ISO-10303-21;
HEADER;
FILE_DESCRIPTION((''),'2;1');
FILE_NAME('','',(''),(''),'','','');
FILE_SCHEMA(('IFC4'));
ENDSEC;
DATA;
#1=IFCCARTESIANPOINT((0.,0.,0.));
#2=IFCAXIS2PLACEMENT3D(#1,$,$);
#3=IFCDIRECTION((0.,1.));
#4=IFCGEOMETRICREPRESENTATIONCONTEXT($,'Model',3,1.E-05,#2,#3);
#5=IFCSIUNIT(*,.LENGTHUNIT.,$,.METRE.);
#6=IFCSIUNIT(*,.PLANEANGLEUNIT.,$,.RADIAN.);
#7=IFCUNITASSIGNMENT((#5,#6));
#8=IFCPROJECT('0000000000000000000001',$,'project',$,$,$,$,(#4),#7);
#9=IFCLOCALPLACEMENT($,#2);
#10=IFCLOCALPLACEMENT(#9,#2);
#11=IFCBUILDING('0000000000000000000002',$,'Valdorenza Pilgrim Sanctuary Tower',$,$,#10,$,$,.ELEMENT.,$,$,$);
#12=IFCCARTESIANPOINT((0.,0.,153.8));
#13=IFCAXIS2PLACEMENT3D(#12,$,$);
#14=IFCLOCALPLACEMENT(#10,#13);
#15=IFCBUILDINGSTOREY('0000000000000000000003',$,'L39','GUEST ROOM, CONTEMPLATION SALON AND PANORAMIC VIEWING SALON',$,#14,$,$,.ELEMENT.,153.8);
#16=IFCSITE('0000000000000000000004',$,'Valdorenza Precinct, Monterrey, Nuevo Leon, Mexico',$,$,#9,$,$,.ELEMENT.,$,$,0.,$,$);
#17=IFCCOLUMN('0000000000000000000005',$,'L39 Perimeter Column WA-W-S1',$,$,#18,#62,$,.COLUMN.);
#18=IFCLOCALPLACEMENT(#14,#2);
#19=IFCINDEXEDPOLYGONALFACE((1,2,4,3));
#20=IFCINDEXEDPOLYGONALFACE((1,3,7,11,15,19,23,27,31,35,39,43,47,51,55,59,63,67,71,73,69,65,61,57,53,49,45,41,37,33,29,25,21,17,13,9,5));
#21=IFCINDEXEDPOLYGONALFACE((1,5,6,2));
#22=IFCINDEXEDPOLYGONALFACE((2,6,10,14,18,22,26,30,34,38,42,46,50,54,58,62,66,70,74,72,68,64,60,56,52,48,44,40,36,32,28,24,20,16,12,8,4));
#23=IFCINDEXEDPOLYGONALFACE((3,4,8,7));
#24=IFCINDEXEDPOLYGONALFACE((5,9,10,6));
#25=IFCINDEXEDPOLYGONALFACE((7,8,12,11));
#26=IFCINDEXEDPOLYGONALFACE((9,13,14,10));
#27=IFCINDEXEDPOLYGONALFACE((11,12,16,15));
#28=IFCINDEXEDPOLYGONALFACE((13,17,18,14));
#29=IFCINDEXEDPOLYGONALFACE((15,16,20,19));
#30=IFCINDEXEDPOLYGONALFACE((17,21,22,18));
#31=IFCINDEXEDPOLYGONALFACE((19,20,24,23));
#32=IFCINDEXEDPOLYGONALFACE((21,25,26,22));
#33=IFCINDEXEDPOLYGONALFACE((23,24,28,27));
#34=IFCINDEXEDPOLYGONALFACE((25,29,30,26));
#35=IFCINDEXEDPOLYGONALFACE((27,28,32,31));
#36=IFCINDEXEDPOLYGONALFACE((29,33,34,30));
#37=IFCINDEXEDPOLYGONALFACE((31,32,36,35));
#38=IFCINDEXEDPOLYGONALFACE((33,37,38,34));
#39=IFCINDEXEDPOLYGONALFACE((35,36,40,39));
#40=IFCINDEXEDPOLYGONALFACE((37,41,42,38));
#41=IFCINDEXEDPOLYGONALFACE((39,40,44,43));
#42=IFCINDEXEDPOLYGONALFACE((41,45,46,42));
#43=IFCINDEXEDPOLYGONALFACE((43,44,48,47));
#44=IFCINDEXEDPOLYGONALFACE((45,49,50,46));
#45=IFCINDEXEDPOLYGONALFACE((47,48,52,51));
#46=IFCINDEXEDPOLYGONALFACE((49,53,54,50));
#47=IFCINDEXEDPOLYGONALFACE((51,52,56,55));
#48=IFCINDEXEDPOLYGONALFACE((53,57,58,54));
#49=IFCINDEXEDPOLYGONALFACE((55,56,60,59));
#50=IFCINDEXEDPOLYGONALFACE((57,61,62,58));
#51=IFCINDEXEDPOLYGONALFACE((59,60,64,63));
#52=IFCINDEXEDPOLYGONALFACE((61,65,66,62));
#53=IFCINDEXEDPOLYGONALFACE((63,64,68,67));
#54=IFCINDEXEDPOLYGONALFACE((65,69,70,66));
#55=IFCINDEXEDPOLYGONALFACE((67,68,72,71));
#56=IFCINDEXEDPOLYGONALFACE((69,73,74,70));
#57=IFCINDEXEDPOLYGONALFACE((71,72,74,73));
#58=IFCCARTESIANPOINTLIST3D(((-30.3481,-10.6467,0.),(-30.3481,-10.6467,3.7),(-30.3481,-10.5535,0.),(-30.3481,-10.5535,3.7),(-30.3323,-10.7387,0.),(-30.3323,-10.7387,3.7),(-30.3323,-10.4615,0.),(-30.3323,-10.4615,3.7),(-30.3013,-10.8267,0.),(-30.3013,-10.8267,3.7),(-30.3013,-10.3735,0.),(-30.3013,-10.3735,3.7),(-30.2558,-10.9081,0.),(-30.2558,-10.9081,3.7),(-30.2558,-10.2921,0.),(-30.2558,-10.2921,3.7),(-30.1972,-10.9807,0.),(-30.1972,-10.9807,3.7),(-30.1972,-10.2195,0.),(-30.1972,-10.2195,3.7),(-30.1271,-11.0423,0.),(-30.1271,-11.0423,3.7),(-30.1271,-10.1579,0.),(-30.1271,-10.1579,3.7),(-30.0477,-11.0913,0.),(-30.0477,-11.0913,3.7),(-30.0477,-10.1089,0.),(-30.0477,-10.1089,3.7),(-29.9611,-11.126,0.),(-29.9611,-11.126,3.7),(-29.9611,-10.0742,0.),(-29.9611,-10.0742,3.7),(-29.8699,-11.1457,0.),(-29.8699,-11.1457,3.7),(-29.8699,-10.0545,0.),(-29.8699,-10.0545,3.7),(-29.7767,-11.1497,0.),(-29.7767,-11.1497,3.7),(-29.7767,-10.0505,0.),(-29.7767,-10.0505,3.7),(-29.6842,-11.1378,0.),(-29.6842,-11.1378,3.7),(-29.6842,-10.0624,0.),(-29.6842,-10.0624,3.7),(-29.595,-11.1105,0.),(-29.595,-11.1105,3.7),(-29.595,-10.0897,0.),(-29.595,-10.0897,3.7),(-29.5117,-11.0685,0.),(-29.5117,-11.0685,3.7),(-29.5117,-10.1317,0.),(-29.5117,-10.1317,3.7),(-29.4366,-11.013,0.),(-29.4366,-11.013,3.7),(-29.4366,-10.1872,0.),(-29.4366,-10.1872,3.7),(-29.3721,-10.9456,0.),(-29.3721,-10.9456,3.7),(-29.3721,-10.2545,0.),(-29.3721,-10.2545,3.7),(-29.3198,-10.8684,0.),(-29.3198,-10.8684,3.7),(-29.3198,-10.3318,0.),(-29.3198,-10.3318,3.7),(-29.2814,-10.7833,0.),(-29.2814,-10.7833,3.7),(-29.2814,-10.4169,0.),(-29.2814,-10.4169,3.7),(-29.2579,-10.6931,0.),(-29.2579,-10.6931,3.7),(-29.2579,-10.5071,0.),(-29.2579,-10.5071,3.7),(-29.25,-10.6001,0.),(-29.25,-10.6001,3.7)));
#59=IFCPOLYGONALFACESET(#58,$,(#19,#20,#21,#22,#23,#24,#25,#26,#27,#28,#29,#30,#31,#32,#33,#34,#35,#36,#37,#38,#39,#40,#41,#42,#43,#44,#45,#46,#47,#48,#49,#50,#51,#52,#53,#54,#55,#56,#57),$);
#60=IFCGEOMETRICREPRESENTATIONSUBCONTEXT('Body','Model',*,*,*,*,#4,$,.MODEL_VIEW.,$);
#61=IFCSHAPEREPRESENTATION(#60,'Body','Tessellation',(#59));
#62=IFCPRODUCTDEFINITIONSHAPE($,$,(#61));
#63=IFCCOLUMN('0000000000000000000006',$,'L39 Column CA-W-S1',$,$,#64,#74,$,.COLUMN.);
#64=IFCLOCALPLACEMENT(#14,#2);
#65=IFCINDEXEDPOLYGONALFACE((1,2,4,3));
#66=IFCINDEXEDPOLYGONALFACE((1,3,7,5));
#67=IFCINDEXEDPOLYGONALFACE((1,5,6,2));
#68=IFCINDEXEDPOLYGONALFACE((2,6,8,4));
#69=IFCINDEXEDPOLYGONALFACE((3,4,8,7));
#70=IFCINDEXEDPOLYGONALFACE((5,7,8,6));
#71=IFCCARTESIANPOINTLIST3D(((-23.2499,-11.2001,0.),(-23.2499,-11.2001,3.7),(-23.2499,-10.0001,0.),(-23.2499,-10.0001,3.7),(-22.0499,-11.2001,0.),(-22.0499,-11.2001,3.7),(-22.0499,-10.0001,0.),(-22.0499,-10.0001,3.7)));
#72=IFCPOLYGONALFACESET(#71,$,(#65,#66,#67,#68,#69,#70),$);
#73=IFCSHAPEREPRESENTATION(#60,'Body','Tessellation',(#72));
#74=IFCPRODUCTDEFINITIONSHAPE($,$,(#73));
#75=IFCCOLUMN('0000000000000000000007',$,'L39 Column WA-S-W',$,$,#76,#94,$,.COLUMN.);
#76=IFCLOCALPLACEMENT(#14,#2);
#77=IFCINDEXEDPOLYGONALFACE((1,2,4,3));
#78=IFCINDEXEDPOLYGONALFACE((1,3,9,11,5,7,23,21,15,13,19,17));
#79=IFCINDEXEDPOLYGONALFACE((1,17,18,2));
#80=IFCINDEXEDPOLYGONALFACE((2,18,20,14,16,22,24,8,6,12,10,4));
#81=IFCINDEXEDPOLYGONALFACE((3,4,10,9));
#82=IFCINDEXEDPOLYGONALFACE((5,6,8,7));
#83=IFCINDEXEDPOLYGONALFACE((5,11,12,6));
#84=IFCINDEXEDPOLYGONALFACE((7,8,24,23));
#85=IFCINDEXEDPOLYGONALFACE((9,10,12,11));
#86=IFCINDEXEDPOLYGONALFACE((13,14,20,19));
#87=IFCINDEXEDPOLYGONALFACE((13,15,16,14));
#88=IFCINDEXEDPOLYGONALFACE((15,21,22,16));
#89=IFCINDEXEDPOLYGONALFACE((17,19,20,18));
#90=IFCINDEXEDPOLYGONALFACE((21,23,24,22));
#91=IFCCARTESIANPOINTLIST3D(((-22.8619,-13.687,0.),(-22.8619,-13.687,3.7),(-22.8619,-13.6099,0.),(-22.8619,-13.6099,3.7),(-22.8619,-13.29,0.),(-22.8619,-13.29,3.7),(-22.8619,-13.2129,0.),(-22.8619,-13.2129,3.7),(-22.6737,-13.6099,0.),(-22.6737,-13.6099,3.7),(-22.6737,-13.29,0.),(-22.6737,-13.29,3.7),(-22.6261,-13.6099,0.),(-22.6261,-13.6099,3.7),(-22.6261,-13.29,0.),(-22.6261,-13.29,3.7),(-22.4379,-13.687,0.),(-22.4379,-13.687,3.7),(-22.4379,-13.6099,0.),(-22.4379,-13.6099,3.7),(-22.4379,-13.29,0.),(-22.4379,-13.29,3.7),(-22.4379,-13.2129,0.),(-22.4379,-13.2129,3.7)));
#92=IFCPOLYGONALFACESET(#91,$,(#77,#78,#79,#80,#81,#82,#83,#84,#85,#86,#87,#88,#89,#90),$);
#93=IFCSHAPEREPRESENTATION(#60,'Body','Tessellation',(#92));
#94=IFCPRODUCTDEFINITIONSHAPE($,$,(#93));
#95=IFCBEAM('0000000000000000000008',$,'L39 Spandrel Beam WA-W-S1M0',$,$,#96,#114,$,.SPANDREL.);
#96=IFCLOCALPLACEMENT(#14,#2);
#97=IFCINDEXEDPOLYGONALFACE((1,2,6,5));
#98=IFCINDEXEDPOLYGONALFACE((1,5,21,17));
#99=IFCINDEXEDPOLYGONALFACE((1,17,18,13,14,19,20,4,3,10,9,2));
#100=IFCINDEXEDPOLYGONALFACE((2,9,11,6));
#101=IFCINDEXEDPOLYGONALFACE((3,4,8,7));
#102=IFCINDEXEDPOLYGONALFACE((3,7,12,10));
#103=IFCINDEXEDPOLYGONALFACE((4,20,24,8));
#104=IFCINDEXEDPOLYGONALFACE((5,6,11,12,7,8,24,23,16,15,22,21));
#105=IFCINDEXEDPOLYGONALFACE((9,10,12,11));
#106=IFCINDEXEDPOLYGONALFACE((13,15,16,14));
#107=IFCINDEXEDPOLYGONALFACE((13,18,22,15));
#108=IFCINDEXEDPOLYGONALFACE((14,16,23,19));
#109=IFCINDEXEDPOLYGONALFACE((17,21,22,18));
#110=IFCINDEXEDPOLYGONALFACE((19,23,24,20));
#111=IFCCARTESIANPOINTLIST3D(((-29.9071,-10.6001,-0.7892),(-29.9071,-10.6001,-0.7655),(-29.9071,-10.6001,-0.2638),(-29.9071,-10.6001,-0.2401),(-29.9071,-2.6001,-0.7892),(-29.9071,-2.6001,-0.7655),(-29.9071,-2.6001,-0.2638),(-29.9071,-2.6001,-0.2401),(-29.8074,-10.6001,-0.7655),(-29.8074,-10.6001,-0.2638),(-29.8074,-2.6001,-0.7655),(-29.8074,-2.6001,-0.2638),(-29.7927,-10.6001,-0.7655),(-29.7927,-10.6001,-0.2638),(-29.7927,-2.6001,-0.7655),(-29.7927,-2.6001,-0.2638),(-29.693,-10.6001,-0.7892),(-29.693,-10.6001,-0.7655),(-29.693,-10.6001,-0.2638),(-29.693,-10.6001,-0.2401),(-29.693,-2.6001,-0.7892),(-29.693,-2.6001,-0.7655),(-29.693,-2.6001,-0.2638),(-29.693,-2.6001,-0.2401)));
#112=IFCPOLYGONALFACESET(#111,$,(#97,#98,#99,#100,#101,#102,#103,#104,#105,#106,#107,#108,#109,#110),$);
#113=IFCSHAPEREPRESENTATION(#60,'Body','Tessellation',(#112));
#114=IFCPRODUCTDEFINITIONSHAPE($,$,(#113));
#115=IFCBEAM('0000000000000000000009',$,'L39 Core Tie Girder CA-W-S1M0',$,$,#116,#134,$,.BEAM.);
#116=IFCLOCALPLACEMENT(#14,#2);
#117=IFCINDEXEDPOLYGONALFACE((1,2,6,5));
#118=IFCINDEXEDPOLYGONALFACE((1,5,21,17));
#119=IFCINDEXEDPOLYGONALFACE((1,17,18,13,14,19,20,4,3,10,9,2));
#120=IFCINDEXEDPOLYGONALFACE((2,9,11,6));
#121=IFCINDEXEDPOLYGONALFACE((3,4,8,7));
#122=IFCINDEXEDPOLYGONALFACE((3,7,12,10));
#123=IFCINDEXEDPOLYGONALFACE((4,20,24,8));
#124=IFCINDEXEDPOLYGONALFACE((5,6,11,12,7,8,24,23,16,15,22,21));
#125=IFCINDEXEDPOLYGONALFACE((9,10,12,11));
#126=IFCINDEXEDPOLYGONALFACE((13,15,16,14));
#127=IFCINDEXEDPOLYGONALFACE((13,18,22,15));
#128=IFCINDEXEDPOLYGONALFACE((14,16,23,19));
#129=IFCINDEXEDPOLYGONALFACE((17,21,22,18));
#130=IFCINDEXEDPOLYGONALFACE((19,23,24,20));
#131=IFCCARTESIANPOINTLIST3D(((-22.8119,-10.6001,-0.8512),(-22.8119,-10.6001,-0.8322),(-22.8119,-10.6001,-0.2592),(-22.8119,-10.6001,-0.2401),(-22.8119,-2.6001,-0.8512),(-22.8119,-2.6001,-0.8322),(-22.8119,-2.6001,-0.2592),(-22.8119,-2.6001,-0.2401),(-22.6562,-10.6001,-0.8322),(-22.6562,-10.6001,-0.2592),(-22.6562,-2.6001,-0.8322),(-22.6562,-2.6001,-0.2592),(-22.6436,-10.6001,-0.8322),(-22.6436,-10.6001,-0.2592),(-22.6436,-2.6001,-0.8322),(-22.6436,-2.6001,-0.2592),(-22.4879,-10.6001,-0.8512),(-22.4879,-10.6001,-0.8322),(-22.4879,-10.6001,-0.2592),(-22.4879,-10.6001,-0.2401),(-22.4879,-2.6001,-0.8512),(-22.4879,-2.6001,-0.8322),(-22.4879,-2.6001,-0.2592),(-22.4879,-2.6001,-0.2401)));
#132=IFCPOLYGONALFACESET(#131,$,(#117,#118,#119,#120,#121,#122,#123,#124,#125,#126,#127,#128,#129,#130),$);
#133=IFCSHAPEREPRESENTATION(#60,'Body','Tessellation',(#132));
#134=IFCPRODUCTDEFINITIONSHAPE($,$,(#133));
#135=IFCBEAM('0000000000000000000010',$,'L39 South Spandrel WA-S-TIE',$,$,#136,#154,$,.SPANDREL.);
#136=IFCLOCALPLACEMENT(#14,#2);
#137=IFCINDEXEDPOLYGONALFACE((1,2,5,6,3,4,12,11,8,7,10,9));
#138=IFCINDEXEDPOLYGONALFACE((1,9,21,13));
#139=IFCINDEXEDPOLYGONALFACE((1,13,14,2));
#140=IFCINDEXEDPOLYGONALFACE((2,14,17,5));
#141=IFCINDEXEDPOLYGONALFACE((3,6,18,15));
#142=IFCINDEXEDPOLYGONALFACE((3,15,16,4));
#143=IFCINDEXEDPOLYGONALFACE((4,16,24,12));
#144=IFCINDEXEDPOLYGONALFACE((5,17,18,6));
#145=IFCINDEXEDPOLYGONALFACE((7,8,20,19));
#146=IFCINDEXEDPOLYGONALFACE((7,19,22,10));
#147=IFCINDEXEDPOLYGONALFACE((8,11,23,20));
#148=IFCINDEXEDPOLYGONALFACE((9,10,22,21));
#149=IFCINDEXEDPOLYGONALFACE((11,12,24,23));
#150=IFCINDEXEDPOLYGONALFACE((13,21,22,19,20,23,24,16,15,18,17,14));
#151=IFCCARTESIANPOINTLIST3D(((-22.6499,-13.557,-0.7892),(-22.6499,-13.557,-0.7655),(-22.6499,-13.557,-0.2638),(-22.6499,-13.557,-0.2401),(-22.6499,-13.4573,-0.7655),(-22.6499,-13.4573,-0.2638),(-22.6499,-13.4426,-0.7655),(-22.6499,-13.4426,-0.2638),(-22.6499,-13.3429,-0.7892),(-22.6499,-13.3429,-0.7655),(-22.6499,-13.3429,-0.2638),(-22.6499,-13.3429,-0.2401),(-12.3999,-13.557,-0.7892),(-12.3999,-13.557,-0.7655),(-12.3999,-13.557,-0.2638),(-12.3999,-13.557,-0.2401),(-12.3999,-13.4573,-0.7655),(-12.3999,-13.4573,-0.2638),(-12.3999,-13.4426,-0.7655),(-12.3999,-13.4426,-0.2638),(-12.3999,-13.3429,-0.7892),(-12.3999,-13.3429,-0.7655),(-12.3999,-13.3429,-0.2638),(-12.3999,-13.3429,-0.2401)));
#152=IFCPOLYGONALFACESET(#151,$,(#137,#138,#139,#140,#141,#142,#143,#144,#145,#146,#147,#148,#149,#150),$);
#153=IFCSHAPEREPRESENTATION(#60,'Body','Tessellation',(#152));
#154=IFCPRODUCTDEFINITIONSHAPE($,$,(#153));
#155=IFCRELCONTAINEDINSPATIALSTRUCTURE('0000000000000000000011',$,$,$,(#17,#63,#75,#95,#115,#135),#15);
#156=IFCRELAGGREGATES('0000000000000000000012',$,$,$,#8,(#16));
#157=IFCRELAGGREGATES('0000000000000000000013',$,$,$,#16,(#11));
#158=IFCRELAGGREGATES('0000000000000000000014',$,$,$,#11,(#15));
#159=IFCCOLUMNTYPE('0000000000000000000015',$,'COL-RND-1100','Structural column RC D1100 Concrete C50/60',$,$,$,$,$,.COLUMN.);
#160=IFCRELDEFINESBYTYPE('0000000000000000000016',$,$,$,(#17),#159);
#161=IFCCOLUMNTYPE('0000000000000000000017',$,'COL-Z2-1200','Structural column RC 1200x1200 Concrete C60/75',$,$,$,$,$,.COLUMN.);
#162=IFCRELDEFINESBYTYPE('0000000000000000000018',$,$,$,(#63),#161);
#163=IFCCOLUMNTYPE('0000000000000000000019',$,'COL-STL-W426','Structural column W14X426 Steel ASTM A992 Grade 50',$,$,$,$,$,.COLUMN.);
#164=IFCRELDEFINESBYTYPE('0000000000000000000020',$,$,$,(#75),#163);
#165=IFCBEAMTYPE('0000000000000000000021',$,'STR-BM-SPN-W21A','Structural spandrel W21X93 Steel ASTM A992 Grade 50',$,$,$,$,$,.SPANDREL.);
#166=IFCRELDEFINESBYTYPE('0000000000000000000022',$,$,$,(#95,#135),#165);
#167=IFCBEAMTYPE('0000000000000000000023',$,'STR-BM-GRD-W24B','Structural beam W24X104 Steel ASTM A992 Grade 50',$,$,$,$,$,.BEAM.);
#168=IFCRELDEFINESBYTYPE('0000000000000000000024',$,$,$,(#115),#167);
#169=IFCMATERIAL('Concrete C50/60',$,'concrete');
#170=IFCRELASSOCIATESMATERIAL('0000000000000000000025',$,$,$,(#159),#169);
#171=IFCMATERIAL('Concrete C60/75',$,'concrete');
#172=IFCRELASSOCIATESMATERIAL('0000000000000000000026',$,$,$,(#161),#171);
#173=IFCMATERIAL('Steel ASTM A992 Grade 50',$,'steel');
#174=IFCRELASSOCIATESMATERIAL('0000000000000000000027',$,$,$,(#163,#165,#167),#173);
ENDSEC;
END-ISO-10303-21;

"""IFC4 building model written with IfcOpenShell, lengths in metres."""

from ifc_helpers import new_model, si_unit, direction, frame, origin, origin_2d, place, context, subcontext, project, spatial, rectangle, circle, i_section, extrude, source, transform, mapped, material, material_profile, profile_set, type_object, element, save


model = new_model("IFC4")

# Units and contexts
model_context = context("Model", 3, precision=1e-05, world=origin(), true_north=direction((0.0, 1.0)))
body_context = subcontext(model_context, "Body", "Model", "MODEL_VIEW")
ifc_project = project(units=[si_unit("LENGTHUNIT", "METRE"), si_unit("PLANEANGLEUNIT", "RADIAN")], contexts=[model_context])

# Site, building, storey
site_placement = place(None, origin())
site = spatial("IfcSite", under=ifc_project, at=site_placement, Name="Valdorenza Precinct, Monterrey, Nuevo Leon, Mexico", CompositionType="ELEMENT", RefElevation=0.0)
building_placement = place(site_placement, origin())
building = spatial("IfcBuilding", under=site, at=building_placement, Name="Valdorenza Pilgrim Sanctuary Tower", CompositionType="ELEMENT")
storey_placement = place(building_placement, frame((0.0, 0.0, 153.8)))
storey = spatial("IfcBuildingStorey", under=building, at=storey_placement, Name="L39", Description="GUEST ROOM, CONTEMPLATION SALON AND PANORAMIC VIEWING SALON", CompositionType="ELEMENT", Elevation=153.8)

# Columns
ifc_material_1 = material(Name="Concrete C50/60", Category="concrete")
ifc_material_profile_1 = material_profile(ifc_material_1, circle(Radius=0.55, at=origin_2d()), Name="RC D1100")
ifc_profile_set_1 = profile_set([ifc_material_profile_1], Name="Concrete C50/60")
column_type_1 = type_object("IfcColumnType", Name="COL-RND-1100", Description="Structural column RC D1100 Concrete C50/60", PredefinedType="COLUMN", material=ifc_profile_set_1)
shared_shape_1 = source(origin(), body_context, "Body", "SweptSolid", [
    extrude(circle(Radius=0.55, at=origin_2d()), origin(), (0.0, 0.0, 1.0), 3.7),
])
column_1_placement = place(storey_placement, frame((-29.8, -10.6001, 0.0), z_axis=(0.0, 0.0, 1.0), x_axis=(1.0, 0.0, 0.0)))
element("IfcColumn", 1, at=column_1_placement, inside=storey, type_object=column_type_1, Name="L39 Perimeter Column WA-W-S1", PredefinedType="COLUMN", context=body_context, shape_type="MappedRepresentation", body=[
    mapped(shared_shape_1, transform((0.0, 0.0, 0.0), x_axis=(1.0, 0.0, 0.0), y_axis=(0.0, 1.0, 0.0), z_axis=(0.0, 0.0, 1.0), scale=1.0)),
])
ifc_material_2 = material(Name="Concrete C60/75", Category="concrete")
ifc_material_profile_2 = material_profile(ifc_material_2, rectangle(XDim=1.2, YDim=1.2, at=origin_2d()), Name="RC 1200x1200")
ifc_profile_set_2 = profile_set([ifc_material_profile_2], Name="Concrete C60/75")
column_type_2 = type_object("IfcColumnType", Name="COL-Z2-1200", Description="Structural column RC 1200x1200 Concrete C60/75", PredefinedType="COLUMN", material=ifc_profile_set_2)
shared_shape_2 = source(origin(), body_context, "Body", "SweptSolid", [
    extrude(rectangle(XDim=1.2, YDim=1.2, at=origin_2d()), origin(), (0.0, 0.0, 1.0), 3.7),
])
column_2_placement = place(storey_placement, frame((-22.6499, -10.6001, 0.0), z_axis=(0.0, 0.0, 1.0), x_axis=(1.0, 0.0, 0.0)))
element("IfcColumn", 2, at=column_2_placement, inside=storey, type_object=column_type_2, Name="L39 Column CA-W-S1", PredefinedType="COLUMN", context=body_context, shape_type="MappedRepresentation", body=[
    mapped(shared_shape_2, transform((0.0, 0.0, 0.0), x_axis=(1.0, 0.0, 0.0), y_axis=(0.0, 1.0, 0.0), z_axis=(0.0, 0.0, 1.0), scale=1.0)),
])
ifc_material_3 = material(Name="Steel ASTM A992 Grade 50", Category="steel")
ifc_material_profile_3 = material_profile(ifc_material_3, i_section(OverallWidth=0.4241, OverallDepth=0.4741, WebThickness=0.0476, FlangeThickness=0.0771, at=origin_2d()), Name="W14X426")
ifc_profile_set_3 = profile_set([ifc_material_profile_3], Name="Steel ASTM A992 Grade 50")
column_type_3 = type_object("IfcColumnType", Name="COL-STL-W426", Description="Structural column W14X426 Steel ASTM A992 Grade 50", PredefinedType="COLUMN", material=ifc_profile_set_3)
shared_shape_3 = source(origin(), body_context, "Body", "SweptSolid", [
    extrude(i_section(OverallWidth=0.4241, OverallDepth=0.4741, WebThickness=0.0476, FlangeThickness=0.0771, at=origin_2d()), origin(), (0.0, 0.0, 1.0), 3.7),
])
column_3_placement = place(storey_placement, frame((-22.6499, -13.45, 0.0), z_axis=(0.0, 0.0, 1.0), x_axis=(1.0, 0.0, 0.0)))
element("IfcColumn", 3, at=column_3_placement, inside=storey, type_object=column_type_3, Name="L39 Column WA-S-W", PredefinedType="COLUMN", context=body_context, shape_type="MappedRepresentation", body=[
    mapped(shared_shape_3, transform((0.0, 0.0, 0.0), x_axis=(1.0, 0.0, 0.0), y_axis=(0.0, 1.0, 0.0), z_axis=(0.0, 0.0, 1.0), scale=1.0)),
])

# Beams
ifc_material_profile_4 = material_profile(ifc_material_3, i_section(OverallWidth=0.2141, OverallDepth=0.5491, WebThickness=0.0146, FlangeThickness=0.0237, at=origin_2d()), Name="W21X93")
ifc_profile_set_4 = profile_set([ifc_material_profile_4], Name="Steel ASTM A992 Grade 50")
beam_type_1 = type_object("IfcBeamType", Name="STR-BM-SPN-W21A", Description="Structural spandrel W21X93 Steel ASTM A992 Grade 50", PredefinedType="SPANDREL", material=ifc_profile_set_4)
shared_shape_4 = source(origin(), body_context, "Body", "SweptSolid", [
    extrude(i_section(OverallWidth=0.2141, OverallDepth=0.5491, WebThickness=0.0146, FlangeThickness=0.0237, at=origin_2d()), origin(), (0.0, 0.0, 1.0), 8.0),
])
beam_1_placement = place(storey_placement, frame((-29.8, -10.6001, -0.5146), z_axis=(0.0, 1.0, 0.0), x_axis=(-1.0, 0.0, 0.0)))
element("IfcBeam", 4, at=beam_1_placement, inside=storey, type_object=beam_type_1, Name="L39 Spandrel Beam WA-W-S1M0", PredefinedType="SPANDREL", context=body_context, shape_type="MappedRepresentation", body=[
    mapped(shared_shape_4, transform((0.0, 0.0, 0.0), x_axis=(1.0, 0.0, 0.0), y_axis=(0.0, 1.0, 0.0), z_axis=(0.0, 0.0, 1.0), scale=1.0)),
])
ifc_material_profile_5 = material_profile(ifc_material_3, i_section(OverallWidth=0.324, OverallDepth=0.6111, WebThickness=0.0127, FlangeThickness=0.019, at=origin_2d()), Name="W24X104")
ifc_profile_set_5 = profile_set([ifc_material_profile_5], Name="Steel ASTM A992 Grade 50")
beam_type_2 = type_object("IfcBeamType", Name="STR-BM-GRD-W24B", Description="Structural beam W24X104 Steel ASTM A992 Grade 50", PredefinedType="BEAM", material=ifc_profile_set_5)
shared_shape_5 = source(origin(), body_context, "Body", "SweptSolid", [
    extrude(i_section(OverallWidth=0.324, OverallDepth=0.6111, WebThickness=0.0127, FlangeThickness=0.019, at=origin_2d()), origin(), (0.0, 0.0, 1.0), 8.0),
])
beam_2_placement = place(storey_placement, frame((-22.6499, -10.6001, -0.5457), z_axis=(0.0, 1.0, 0.0), x_axis=(-1.0, 0.0, 0.0)))
element("IfcBeam", 5, at=beam_2_placement, inside=storey, type_object=beam_type_2, Name="L39 Core Tie Girder CA-W-S1M0", PredefinedType="BEAM", context=body_context, shape_type="MappedRepresentation", body=[
    mapped(shared_shape_5, transform((0.0, 0.0, 0.0), x_axis=(1.0, 0.0, 0.0), y_axis=(0.0, 1.0, 0.0), z_axis=(0.0, 0.0, 1.0), scale=1.0)),
])
shared_shape_6 = source(origin(), body_context, "Body", "SweptSolid", [
    extrude(i_section(OverallWidth=0.2141, OverallDepth=0.5491, WebThickness=0.0146, FlangeThickness=0.0237, at=origin_2d()), origin(), (0.0, 0.0, 1.0), 10.25),
])
beam_3_placement = place(storey_placement, frame((-22.6499, -13.45, -0.5146), z_axis=(1.0, 0.0, 0.0), x_axis=(0.0, 1.0, 0.0)))
element("IfcBeam", 6, at=beam_3_placement, inside=storey, type_object=beam_type_1, Name="L39 South Spandrel WA-S-TIE", PredefinedType="SPANDREL", context=body_context, shape_type="MappedRepresentation", body=[
    mapped(shared_shape_6, transform((0.0, 0.0, 0.0), x_axis=(1.0, 0.0, 0.0), y_axis=(0.0, 1.0, 0.0), z_axis=(0.0, 0.0, 1.0), scale=1.0)),
])

save(model, "model.ifc")
